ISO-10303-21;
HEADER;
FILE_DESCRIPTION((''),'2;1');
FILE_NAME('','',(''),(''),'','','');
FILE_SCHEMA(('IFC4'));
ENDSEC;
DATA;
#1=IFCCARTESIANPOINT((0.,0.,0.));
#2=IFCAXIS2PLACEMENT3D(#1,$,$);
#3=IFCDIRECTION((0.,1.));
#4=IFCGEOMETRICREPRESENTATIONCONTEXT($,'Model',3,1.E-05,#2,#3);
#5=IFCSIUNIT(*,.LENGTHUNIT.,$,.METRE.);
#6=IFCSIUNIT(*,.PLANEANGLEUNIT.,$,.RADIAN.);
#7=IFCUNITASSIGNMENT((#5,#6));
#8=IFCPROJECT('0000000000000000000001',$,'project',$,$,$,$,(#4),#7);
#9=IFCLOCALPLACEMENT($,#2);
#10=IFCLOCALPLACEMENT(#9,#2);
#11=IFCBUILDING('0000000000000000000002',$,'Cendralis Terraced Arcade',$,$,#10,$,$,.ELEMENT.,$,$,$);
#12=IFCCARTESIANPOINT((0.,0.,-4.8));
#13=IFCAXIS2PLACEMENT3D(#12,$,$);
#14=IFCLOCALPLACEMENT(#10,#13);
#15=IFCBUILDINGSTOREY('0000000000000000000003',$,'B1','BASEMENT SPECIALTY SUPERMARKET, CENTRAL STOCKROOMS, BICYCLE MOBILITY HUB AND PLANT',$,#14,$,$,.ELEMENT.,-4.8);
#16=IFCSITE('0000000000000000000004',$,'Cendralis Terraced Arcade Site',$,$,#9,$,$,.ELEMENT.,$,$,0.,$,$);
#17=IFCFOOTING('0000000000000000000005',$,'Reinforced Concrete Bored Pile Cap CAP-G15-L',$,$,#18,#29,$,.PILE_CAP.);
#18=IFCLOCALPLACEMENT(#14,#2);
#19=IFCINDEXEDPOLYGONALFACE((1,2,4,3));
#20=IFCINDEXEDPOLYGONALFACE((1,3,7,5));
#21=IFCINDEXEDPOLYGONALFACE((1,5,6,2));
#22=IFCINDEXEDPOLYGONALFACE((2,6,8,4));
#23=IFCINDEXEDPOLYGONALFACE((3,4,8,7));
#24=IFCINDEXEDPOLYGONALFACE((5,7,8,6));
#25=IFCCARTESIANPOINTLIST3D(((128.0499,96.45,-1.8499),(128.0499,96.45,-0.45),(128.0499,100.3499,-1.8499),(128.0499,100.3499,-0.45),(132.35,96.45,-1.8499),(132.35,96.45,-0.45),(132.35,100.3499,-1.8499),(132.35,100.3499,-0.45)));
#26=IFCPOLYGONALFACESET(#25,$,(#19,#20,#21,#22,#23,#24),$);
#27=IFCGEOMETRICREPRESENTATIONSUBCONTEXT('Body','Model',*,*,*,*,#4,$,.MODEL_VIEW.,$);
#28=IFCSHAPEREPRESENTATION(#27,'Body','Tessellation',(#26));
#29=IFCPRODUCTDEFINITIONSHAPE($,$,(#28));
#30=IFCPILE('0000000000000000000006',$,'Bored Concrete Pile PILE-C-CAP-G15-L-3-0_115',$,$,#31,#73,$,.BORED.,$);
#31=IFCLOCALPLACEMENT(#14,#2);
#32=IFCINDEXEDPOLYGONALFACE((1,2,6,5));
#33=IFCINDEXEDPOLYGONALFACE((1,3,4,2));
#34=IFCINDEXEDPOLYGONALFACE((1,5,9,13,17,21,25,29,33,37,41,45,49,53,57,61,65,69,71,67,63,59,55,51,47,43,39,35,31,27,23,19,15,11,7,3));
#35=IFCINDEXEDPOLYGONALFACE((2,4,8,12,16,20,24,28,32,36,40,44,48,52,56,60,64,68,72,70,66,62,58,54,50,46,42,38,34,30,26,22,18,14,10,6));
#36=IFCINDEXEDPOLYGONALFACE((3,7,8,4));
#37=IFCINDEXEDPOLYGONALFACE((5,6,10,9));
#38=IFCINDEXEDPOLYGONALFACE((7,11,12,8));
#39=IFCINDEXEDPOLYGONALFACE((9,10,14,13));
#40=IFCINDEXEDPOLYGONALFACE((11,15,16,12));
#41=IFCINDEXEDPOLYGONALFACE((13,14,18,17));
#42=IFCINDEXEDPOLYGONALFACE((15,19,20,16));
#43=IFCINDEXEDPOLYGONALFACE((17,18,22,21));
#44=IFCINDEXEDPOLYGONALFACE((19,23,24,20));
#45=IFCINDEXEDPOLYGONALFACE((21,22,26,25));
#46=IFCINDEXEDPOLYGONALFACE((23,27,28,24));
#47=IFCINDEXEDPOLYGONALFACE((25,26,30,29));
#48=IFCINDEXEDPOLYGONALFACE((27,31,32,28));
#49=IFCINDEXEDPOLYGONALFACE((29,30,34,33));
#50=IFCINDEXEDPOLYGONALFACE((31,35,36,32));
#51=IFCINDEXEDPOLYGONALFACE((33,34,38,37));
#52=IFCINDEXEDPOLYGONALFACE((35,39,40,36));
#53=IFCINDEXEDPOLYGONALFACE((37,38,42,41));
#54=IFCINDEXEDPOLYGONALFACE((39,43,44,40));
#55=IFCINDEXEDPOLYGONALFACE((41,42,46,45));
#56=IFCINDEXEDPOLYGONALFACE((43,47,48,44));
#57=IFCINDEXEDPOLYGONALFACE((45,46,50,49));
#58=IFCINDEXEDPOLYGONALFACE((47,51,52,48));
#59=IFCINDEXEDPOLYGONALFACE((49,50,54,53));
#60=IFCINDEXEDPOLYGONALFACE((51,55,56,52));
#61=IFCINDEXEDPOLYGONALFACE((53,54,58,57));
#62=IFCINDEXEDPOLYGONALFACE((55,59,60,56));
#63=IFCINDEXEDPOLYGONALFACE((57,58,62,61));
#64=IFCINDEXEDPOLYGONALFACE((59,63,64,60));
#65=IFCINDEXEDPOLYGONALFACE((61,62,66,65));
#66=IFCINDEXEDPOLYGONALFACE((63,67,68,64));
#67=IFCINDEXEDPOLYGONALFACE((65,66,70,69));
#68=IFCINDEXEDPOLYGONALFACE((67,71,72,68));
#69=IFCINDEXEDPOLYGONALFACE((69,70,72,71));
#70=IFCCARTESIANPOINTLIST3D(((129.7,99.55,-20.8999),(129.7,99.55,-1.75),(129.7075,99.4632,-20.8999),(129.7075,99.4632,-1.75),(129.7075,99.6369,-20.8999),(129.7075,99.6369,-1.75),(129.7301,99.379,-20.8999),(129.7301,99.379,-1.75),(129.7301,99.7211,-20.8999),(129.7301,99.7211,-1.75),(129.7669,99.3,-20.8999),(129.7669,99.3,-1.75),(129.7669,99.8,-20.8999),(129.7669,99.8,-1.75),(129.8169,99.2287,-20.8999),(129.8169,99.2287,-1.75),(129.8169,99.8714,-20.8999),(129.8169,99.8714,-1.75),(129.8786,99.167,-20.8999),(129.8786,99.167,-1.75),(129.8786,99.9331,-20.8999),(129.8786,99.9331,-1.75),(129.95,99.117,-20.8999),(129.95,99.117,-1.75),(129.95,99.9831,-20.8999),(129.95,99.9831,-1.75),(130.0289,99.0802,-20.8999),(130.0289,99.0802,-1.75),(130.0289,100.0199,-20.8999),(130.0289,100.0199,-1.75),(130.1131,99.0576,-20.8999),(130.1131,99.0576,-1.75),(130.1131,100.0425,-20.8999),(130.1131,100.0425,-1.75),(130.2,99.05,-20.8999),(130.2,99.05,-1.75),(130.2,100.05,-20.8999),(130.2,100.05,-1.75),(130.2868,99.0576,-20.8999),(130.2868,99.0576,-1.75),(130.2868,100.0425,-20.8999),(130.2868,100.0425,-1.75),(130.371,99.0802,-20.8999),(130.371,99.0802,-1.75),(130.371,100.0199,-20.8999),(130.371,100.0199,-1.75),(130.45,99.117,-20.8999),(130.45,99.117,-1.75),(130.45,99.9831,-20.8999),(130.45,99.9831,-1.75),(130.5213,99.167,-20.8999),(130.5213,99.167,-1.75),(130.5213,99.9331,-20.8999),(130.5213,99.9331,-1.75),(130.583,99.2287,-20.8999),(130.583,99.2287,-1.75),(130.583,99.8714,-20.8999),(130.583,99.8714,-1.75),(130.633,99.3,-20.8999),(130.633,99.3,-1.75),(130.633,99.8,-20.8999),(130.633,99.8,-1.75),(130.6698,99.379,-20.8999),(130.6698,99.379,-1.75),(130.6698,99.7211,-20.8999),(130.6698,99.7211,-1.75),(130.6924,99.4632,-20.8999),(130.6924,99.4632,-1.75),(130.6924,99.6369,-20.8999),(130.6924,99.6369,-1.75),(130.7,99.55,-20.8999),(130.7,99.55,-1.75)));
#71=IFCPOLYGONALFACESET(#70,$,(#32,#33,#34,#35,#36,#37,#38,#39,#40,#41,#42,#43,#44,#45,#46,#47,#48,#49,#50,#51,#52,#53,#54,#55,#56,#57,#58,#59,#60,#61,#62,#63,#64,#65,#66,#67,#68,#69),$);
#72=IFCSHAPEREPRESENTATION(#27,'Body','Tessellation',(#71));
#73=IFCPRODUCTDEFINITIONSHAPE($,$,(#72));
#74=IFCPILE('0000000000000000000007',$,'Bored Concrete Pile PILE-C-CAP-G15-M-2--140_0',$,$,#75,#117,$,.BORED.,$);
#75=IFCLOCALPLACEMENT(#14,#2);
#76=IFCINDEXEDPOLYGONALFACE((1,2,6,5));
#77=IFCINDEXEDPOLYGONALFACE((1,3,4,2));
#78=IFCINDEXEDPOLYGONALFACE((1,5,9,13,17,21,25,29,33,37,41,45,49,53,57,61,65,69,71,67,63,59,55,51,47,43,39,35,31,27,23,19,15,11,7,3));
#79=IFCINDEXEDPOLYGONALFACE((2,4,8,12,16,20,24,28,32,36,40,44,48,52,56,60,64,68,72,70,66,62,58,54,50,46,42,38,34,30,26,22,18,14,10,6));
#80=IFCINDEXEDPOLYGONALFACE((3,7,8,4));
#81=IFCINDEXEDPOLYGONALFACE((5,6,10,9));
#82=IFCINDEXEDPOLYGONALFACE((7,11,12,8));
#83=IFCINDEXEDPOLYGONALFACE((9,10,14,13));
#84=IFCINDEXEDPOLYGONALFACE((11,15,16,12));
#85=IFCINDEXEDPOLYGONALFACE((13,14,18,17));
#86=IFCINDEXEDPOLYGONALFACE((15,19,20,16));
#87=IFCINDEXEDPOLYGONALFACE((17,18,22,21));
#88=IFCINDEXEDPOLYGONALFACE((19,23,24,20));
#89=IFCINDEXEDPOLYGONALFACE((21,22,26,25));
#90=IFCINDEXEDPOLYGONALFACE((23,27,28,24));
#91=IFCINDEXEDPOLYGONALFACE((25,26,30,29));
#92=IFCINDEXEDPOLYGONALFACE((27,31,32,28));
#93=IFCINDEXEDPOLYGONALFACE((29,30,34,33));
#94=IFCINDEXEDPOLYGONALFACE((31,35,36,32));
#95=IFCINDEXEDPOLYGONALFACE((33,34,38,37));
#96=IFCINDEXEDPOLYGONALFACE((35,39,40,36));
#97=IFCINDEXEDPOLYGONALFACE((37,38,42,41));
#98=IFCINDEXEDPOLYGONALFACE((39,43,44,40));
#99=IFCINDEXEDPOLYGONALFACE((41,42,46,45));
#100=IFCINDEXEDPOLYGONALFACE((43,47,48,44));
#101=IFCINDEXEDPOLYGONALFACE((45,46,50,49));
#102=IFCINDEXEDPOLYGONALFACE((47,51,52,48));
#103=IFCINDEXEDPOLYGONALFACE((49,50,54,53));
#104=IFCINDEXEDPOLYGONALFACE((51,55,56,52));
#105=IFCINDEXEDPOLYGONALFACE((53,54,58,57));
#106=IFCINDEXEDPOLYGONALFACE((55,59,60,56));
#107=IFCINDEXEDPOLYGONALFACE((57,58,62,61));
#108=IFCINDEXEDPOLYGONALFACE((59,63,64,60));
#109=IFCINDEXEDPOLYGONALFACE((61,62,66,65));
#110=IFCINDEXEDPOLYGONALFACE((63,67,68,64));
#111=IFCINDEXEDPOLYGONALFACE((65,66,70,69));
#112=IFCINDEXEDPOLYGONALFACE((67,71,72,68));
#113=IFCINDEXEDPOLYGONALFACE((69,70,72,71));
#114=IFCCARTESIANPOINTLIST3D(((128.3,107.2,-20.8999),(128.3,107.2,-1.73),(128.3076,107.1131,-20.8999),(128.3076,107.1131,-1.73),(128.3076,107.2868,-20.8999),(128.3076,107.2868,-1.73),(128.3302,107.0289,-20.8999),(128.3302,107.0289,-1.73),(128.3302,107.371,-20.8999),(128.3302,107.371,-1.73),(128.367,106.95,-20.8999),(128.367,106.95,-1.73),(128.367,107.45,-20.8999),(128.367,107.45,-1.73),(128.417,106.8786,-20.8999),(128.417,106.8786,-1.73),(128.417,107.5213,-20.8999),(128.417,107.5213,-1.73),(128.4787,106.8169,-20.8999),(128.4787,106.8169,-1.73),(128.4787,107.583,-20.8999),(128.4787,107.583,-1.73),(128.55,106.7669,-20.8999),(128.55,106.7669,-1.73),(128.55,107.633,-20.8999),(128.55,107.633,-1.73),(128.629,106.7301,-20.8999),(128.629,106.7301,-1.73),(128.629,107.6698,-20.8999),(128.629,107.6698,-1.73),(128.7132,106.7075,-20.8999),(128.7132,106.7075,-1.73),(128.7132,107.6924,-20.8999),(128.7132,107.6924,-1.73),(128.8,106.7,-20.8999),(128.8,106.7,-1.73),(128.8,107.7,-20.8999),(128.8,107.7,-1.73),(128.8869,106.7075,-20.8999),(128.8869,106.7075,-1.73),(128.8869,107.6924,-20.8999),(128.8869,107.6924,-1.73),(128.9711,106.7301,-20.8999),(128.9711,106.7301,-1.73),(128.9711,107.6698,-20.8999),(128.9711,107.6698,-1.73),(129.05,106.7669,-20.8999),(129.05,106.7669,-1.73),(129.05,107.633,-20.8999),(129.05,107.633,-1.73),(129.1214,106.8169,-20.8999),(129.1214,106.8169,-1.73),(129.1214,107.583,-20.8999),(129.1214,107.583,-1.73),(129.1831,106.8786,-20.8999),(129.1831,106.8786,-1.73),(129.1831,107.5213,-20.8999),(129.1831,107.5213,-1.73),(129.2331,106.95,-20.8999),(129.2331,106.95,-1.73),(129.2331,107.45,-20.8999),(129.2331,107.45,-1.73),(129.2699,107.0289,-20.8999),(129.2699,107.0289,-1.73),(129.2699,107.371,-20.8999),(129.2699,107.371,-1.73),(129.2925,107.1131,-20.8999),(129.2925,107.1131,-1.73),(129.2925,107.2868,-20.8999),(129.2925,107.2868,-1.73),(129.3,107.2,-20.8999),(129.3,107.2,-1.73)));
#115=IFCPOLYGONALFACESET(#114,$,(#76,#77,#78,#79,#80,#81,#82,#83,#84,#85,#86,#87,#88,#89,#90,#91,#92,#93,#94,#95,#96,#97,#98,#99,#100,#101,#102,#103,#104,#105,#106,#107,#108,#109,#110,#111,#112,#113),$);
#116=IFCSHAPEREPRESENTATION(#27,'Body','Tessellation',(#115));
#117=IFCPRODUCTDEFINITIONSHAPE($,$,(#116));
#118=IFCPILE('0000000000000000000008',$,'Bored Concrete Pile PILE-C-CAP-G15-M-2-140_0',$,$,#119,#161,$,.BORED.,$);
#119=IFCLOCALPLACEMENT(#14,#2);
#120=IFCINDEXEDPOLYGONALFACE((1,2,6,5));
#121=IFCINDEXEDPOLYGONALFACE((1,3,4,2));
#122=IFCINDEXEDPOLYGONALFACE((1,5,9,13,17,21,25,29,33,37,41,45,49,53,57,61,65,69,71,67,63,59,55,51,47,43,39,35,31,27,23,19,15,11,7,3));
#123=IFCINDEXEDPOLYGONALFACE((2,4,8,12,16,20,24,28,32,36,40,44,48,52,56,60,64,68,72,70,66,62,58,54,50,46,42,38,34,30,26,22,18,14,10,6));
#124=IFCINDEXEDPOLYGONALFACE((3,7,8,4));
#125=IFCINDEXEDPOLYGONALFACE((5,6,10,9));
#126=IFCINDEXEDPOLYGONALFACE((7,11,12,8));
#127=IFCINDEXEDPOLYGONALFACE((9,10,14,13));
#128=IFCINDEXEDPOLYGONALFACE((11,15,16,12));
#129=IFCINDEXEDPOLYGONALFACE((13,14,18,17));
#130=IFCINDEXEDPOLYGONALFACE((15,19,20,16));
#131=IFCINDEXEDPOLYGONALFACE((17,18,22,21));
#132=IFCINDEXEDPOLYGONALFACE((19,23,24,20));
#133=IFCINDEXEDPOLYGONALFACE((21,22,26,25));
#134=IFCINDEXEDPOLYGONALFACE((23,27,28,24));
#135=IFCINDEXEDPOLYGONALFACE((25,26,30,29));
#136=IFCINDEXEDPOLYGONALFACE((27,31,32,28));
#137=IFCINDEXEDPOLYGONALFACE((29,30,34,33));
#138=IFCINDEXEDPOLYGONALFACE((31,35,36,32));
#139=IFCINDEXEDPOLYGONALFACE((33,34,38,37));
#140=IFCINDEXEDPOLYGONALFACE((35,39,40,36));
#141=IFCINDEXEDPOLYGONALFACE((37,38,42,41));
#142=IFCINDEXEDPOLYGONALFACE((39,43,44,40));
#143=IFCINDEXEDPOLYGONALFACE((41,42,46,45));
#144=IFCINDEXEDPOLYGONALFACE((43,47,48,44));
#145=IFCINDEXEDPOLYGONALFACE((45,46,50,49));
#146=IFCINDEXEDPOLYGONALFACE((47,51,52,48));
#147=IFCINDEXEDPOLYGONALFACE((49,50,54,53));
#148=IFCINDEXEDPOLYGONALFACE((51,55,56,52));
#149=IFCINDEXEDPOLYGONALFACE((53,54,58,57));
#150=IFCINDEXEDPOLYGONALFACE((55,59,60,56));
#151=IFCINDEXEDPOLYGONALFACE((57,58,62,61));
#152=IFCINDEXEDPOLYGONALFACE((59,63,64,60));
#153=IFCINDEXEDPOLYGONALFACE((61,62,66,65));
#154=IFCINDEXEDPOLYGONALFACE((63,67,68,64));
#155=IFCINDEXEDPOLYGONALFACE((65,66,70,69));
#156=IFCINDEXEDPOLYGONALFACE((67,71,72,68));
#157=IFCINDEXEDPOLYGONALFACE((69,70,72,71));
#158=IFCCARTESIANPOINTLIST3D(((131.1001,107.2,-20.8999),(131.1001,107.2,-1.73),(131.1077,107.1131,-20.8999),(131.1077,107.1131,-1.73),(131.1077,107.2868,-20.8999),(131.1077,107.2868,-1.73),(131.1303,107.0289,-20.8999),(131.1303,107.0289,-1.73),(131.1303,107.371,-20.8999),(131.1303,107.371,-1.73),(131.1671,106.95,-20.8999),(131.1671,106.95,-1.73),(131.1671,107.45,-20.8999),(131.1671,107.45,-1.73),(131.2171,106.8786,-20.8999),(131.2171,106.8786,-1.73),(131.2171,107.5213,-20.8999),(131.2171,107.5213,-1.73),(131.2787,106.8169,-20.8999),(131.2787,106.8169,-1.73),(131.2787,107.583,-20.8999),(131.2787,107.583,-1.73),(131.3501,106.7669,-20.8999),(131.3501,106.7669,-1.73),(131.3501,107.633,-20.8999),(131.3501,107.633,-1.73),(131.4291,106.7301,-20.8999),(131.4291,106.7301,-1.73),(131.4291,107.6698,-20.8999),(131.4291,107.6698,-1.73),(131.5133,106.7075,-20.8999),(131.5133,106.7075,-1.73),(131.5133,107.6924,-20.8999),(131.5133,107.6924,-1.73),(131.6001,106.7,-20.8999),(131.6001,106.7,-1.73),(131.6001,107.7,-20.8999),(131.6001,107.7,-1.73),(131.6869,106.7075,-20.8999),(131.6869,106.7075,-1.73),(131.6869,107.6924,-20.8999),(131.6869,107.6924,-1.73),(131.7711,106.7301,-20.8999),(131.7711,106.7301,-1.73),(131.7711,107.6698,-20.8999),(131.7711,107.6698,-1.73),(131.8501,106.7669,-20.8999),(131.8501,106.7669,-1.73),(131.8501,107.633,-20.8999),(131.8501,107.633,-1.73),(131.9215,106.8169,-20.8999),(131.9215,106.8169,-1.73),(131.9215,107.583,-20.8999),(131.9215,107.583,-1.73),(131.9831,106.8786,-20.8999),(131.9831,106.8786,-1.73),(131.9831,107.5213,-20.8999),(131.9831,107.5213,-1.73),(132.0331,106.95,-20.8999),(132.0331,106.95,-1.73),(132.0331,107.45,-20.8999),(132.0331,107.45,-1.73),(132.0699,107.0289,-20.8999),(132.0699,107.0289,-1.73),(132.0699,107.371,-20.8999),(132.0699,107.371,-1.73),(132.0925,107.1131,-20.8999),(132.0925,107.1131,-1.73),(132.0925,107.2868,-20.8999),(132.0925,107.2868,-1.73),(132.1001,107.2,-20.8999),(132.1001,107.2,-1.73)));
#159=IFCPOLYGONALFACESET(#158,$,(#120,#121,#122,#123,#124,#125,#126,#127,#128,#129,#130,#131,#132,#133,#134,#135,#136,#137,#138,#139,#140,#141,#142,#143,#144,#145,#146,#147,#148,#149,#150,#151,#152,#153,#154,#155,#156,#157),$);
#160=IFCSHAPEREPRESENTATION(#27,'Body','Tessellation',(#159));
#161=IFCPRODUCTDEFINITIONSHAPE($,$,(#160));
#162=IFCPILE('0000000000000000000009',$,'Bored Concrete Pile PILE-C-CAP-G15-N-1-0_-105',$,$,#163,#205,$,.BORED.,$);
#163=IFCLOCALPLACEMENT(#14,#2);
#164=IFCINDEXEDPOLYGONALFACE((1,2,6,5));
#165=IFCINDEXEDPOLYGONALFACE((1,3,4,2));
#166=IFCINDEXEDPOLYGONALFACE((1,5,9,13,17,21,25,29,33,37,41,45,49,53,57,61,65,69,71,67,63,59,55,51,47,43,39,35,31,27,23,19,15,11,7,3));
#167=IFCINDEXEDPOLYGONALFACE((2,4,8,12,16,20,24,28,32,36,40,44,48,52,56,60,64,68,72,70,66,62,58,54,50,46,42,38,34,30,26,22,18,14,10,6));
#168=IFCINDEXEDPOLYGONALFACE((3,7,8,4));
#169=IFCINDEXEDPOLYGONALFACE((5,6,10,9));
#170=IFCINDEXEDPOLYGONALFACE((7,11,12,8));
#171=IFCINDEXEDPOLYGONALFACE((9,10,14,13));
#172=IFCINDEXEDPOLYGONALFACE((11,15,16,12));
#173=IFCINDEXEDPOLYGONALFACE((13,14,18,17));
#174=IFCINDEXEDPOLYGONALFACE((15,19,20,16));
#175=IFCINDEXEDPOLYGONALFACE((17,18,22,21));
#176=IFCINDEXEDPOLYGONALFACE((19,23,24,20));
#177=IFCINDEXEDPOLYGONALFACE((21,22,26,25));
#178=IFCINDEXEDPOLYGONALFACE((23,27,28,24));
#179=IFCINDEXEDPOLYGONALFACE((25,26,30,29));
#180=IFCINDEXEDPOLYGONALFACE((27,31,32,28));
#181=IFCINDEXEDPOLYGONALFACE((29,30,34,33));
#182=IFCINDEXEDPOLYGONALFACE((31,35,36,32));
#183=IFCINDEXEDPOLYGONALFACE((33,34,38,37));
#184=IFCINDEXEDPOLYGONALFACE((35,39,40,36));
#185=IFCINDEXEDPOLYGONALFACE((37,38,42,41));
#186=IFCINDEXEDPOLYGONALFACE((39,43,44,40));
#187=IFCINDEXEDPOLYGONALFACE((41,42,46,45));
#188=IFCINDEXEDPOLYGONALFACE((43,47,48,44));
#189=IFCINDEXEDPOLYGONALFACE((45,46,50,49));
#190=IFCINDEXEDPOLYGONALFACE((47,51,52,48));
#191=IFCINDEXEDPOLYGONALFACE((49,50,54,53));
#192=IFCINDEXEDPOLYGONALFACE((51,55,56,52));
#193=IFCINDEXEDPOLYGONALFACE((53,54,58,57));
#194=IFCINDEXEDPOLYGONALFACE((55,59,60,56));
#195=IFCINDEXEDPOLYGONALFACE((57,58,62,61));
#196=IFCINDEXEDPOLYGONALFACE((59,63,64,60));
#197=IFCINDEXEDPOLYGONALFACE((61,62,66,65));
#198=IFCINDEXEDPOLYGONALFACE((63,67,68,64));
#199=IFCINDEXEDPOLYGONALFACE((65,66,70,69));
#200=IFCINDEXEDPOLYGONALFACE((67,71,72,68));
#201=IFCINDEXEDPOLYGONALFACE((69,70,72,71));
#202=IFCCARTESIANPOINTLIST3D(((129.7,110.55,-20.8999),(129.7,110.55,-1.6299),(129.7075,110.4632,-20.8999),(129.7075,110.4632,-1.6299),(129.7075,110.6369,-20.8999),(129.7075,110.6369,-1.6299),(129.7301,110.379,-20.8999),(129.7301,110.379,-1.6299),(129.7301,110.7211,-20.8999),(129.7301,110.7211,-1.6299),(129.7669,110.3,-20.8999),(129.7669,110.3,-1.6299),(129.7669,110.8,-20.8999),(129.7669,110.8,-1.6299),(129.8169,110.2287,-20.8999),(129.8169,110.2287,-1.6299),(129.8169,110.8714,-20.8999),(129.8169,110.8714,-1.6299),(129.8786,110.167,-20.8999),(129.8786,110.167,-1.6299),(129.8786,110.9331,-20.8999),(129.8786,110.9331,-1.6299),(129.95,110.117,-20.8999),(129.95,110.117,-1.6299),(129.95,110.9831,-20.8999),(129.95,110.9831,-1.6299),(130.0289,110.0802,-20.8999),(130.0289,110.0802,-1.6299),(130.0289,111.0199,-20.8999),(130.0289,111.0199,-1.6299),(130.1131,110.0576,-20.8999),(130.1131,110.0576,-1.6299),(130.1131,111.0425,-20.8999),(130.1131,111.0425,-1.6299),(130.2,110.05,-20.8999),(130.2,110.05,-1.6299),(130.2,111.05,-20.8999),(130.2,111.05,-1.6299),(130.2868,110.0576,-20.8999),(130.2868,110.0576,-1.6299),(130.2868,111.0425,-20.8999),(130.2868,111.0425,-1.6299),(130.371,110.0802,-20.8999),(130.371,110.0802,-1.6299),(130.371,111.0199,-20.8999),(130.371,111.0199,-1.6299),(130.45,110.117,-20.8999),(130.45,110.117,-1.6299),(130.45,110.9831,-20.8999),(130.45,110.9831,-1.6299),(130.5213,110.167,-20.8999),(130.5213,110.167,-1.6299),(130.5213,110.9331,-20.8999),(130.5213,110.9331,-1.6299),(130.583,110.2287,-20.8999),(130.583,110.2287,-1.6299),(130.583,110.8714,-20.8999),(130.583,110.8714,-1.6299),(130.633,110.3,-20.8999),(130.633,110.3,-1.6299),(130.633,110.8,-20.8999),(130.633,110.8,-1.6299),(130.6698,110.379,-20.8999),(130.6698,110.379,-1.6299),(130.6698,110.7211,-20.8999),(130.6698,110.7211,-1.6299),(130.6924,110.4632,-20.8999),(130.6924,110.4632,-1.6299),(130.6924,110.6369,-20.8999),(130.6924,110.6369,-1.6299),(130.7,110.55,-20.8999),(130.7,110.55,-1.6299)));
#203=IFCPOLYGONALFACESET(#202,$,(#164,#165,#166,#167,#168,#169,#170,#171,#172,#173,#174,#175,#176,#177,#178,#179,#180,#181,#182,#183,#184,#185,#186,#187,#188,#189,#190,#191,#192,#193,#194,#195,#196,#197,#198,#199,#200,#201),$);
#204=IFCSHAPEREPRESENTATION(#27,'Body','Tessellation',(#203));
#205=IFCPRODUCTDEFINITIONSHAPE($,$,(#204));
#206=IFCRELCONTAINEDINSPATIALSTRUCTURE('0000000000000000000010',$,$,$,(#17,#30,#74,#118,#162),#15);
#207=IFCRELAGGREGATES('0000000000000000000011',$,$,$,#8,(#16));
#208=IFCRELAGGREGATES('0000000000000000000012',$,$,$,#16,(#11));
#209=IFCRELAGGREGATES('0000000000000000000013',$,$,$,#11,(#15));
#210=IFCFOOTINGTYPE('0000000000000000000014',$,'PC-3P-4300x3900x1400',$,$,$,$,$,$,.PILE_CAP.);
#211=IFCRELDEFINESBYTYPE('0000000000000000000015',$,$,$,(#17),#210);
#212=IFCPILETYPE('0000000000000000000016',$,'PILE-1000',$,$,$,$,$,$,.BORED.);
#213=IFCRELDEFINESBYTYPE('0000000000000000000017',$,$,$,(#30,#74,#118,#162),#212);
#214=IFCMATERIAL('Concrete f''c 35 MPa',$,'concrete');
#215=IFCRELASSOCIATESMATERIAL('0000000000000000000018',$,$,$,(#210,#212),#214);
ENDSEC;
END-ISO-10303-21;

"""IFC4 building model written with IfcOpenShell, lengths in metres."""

from ifc_helpers import new_model, si_unit, direction, frame, origin, origin_2d, place, context, subcontext, project, spatial, rectangle, circle, extrude, material, material_profile, profile_set, type_object, element, save


model = new_model("IFC4")

# Units and contexts
model_context = context("Model", 3, precision=1e-05, world=origin(), true_north=direction((0.0, 1.0)))
body_context = subcontext(model_context, "Body", "Model", "MODEL_VIEW")
ifc_project = project(units=[si_unit("LENGTHUNIT", "METRE"), si_unit("PLANEANGLEUNIT", "RADIAN")], contexts=[model_context])

# Site, building, storey
site_placement = place(None, origin())
site = spatial("IfcSite", under=ifc_project, at=site_placement, Name="Cendralis Terraced Arcade Site", CompositionType="ELEMENT", RefElevation=0.0)
building_placement = place(site_placement, origin())
building = spatial("IfcBuilding", under=site, at=building_placement, Name="Cendralis Terraced Arcade", CompositionType="ELEMENT")
storey_placement = place(building_placement, frame((0.0, 0.0, -4.8)))
storey = spatial("IfcBuildingStorey", under=building, at=storey_placement, Name="B1", Description="BASEMENT SPECIALTY SUPERMARKET, CENTRAL STOCKROOMS, BICYCLE MOBILITY HUB AND PLANT", CompositionType="ELEMENT", Elevation=-4.8)

# Footing
ifc_material_1 = material(Name="Concrete f'c 35 MPa", Category="concrete")
footing_type_1 = type_object("IfcFootingType", Name="PC-3P-4300x3900x1400", PredefinedType="PILE_CAP", material=ifc_material_1)
footing_1_placement = place(storey_placement, frame((130.2, 98.3999, -1.8499), z_axis=(0.0, 0.0, 1.0), x_axis=(1.0, 0.0, 0.0)))
element("IfcFooting", 1, at=footing_1_placement, inside=storey, type_object=footing_type_1, Name="Reinforced Concrete Bored Pile Cap CAP-G15-L", PredefinedType="PILE_CAP", context=body_context, shape_type="SweptSolid", body=[
    extrude(rectangle(XDim=4.3, YDim=3.8999, at=origin_2d()), origin(), (0.0, 0.0, 1.0), 1.3999),
])

# Piles
ifc_material_profile_1 = material_profile(ifc_material_1, circle(Radius=0.5, at=origin_2d()), Name="PILE-D1000", Category="LoadBearing")
ifc_profile_set_1 = profile_set([ifc_material_profile_1], Name="Concrete f'c 35 MPa")
pile_type_1 = type_object("IfcPileType", Name="PILE-1000", PredefinedType="BORED", material=ifc_profile_set_1)
pile_1_placement = place(storey_placement, frame((130.2, 99.55, -1.75), z_axis=(0.0, 0.0, -1.0), x_axis=(1.0, 0.0, 0.0)))
element("IfcPile", 2, at=pile_1_placement, inside=storey, type_object=pile_type_1, Name="Bored Concrete Pile PILE-C-CAP-G15-L-3-0_115", PredefinedType="BORED", context=body_context, shape_type="SweptSolid", body=[
    extrude(circle(Radius=0.5, at=origin_2d()), origin(), (0.0, 0.0, 1.0), 19.1499),
])
for number, where, z_axis, x_axis, name in (
    (3, (128.8, 107.2, -1.73), (0.0, 0.0, -1.0), (1.0, 0.0, 0.0), "Bored Concrete Pile PILE-C-CAP-G15-M-2--140_0"),
    (4, (131.6001, 107.2, -1.73), (0.0, 0.0, -1.0), (1.0, 0.0, 0.0), "Bored Concrete Pile PILE-C-CAP-G15-M-2-140_0"),
):
    element("IfcPile", number, at=place(storey_placement, frame(where, z_axis=z_axis, x_axis=x_axis)), inside=storey, type_object=pile_type_1, Name=name, PredefinedType="BORED", context=body_context, shape_type="SweptSolid", body=[
        extrude(circle(Radius=0.5, at=origin_2d()), origin(), (0.0, 0.0, 1.0), 19.1699),
    ])
for number, where, z_axis, x_axis, name in (
    (5, (130.2, 110.55, -1.6299), (0.0, 0.0, -1.0), (1.0, 0.0, 0.0), "Bored Concrete Pile PILE-C-CAP-G15-N-1-0_-105"),
):
    element("IfcPile", number, at=place(storey_placement, frame(where, z_axis=z_axis, x_axis=x_axis)), inside=storey, type_object=pile_type_1, Name=name, PredefinedType="BORED", context=body_context, shape_type="SweptSolid", body=[
        extrude(circle(Radius=0.5, at=origin_2d()), origin(), (0.0, 0.0, 1.0), 19.27),
    ])

save(model, "model.ifc")
